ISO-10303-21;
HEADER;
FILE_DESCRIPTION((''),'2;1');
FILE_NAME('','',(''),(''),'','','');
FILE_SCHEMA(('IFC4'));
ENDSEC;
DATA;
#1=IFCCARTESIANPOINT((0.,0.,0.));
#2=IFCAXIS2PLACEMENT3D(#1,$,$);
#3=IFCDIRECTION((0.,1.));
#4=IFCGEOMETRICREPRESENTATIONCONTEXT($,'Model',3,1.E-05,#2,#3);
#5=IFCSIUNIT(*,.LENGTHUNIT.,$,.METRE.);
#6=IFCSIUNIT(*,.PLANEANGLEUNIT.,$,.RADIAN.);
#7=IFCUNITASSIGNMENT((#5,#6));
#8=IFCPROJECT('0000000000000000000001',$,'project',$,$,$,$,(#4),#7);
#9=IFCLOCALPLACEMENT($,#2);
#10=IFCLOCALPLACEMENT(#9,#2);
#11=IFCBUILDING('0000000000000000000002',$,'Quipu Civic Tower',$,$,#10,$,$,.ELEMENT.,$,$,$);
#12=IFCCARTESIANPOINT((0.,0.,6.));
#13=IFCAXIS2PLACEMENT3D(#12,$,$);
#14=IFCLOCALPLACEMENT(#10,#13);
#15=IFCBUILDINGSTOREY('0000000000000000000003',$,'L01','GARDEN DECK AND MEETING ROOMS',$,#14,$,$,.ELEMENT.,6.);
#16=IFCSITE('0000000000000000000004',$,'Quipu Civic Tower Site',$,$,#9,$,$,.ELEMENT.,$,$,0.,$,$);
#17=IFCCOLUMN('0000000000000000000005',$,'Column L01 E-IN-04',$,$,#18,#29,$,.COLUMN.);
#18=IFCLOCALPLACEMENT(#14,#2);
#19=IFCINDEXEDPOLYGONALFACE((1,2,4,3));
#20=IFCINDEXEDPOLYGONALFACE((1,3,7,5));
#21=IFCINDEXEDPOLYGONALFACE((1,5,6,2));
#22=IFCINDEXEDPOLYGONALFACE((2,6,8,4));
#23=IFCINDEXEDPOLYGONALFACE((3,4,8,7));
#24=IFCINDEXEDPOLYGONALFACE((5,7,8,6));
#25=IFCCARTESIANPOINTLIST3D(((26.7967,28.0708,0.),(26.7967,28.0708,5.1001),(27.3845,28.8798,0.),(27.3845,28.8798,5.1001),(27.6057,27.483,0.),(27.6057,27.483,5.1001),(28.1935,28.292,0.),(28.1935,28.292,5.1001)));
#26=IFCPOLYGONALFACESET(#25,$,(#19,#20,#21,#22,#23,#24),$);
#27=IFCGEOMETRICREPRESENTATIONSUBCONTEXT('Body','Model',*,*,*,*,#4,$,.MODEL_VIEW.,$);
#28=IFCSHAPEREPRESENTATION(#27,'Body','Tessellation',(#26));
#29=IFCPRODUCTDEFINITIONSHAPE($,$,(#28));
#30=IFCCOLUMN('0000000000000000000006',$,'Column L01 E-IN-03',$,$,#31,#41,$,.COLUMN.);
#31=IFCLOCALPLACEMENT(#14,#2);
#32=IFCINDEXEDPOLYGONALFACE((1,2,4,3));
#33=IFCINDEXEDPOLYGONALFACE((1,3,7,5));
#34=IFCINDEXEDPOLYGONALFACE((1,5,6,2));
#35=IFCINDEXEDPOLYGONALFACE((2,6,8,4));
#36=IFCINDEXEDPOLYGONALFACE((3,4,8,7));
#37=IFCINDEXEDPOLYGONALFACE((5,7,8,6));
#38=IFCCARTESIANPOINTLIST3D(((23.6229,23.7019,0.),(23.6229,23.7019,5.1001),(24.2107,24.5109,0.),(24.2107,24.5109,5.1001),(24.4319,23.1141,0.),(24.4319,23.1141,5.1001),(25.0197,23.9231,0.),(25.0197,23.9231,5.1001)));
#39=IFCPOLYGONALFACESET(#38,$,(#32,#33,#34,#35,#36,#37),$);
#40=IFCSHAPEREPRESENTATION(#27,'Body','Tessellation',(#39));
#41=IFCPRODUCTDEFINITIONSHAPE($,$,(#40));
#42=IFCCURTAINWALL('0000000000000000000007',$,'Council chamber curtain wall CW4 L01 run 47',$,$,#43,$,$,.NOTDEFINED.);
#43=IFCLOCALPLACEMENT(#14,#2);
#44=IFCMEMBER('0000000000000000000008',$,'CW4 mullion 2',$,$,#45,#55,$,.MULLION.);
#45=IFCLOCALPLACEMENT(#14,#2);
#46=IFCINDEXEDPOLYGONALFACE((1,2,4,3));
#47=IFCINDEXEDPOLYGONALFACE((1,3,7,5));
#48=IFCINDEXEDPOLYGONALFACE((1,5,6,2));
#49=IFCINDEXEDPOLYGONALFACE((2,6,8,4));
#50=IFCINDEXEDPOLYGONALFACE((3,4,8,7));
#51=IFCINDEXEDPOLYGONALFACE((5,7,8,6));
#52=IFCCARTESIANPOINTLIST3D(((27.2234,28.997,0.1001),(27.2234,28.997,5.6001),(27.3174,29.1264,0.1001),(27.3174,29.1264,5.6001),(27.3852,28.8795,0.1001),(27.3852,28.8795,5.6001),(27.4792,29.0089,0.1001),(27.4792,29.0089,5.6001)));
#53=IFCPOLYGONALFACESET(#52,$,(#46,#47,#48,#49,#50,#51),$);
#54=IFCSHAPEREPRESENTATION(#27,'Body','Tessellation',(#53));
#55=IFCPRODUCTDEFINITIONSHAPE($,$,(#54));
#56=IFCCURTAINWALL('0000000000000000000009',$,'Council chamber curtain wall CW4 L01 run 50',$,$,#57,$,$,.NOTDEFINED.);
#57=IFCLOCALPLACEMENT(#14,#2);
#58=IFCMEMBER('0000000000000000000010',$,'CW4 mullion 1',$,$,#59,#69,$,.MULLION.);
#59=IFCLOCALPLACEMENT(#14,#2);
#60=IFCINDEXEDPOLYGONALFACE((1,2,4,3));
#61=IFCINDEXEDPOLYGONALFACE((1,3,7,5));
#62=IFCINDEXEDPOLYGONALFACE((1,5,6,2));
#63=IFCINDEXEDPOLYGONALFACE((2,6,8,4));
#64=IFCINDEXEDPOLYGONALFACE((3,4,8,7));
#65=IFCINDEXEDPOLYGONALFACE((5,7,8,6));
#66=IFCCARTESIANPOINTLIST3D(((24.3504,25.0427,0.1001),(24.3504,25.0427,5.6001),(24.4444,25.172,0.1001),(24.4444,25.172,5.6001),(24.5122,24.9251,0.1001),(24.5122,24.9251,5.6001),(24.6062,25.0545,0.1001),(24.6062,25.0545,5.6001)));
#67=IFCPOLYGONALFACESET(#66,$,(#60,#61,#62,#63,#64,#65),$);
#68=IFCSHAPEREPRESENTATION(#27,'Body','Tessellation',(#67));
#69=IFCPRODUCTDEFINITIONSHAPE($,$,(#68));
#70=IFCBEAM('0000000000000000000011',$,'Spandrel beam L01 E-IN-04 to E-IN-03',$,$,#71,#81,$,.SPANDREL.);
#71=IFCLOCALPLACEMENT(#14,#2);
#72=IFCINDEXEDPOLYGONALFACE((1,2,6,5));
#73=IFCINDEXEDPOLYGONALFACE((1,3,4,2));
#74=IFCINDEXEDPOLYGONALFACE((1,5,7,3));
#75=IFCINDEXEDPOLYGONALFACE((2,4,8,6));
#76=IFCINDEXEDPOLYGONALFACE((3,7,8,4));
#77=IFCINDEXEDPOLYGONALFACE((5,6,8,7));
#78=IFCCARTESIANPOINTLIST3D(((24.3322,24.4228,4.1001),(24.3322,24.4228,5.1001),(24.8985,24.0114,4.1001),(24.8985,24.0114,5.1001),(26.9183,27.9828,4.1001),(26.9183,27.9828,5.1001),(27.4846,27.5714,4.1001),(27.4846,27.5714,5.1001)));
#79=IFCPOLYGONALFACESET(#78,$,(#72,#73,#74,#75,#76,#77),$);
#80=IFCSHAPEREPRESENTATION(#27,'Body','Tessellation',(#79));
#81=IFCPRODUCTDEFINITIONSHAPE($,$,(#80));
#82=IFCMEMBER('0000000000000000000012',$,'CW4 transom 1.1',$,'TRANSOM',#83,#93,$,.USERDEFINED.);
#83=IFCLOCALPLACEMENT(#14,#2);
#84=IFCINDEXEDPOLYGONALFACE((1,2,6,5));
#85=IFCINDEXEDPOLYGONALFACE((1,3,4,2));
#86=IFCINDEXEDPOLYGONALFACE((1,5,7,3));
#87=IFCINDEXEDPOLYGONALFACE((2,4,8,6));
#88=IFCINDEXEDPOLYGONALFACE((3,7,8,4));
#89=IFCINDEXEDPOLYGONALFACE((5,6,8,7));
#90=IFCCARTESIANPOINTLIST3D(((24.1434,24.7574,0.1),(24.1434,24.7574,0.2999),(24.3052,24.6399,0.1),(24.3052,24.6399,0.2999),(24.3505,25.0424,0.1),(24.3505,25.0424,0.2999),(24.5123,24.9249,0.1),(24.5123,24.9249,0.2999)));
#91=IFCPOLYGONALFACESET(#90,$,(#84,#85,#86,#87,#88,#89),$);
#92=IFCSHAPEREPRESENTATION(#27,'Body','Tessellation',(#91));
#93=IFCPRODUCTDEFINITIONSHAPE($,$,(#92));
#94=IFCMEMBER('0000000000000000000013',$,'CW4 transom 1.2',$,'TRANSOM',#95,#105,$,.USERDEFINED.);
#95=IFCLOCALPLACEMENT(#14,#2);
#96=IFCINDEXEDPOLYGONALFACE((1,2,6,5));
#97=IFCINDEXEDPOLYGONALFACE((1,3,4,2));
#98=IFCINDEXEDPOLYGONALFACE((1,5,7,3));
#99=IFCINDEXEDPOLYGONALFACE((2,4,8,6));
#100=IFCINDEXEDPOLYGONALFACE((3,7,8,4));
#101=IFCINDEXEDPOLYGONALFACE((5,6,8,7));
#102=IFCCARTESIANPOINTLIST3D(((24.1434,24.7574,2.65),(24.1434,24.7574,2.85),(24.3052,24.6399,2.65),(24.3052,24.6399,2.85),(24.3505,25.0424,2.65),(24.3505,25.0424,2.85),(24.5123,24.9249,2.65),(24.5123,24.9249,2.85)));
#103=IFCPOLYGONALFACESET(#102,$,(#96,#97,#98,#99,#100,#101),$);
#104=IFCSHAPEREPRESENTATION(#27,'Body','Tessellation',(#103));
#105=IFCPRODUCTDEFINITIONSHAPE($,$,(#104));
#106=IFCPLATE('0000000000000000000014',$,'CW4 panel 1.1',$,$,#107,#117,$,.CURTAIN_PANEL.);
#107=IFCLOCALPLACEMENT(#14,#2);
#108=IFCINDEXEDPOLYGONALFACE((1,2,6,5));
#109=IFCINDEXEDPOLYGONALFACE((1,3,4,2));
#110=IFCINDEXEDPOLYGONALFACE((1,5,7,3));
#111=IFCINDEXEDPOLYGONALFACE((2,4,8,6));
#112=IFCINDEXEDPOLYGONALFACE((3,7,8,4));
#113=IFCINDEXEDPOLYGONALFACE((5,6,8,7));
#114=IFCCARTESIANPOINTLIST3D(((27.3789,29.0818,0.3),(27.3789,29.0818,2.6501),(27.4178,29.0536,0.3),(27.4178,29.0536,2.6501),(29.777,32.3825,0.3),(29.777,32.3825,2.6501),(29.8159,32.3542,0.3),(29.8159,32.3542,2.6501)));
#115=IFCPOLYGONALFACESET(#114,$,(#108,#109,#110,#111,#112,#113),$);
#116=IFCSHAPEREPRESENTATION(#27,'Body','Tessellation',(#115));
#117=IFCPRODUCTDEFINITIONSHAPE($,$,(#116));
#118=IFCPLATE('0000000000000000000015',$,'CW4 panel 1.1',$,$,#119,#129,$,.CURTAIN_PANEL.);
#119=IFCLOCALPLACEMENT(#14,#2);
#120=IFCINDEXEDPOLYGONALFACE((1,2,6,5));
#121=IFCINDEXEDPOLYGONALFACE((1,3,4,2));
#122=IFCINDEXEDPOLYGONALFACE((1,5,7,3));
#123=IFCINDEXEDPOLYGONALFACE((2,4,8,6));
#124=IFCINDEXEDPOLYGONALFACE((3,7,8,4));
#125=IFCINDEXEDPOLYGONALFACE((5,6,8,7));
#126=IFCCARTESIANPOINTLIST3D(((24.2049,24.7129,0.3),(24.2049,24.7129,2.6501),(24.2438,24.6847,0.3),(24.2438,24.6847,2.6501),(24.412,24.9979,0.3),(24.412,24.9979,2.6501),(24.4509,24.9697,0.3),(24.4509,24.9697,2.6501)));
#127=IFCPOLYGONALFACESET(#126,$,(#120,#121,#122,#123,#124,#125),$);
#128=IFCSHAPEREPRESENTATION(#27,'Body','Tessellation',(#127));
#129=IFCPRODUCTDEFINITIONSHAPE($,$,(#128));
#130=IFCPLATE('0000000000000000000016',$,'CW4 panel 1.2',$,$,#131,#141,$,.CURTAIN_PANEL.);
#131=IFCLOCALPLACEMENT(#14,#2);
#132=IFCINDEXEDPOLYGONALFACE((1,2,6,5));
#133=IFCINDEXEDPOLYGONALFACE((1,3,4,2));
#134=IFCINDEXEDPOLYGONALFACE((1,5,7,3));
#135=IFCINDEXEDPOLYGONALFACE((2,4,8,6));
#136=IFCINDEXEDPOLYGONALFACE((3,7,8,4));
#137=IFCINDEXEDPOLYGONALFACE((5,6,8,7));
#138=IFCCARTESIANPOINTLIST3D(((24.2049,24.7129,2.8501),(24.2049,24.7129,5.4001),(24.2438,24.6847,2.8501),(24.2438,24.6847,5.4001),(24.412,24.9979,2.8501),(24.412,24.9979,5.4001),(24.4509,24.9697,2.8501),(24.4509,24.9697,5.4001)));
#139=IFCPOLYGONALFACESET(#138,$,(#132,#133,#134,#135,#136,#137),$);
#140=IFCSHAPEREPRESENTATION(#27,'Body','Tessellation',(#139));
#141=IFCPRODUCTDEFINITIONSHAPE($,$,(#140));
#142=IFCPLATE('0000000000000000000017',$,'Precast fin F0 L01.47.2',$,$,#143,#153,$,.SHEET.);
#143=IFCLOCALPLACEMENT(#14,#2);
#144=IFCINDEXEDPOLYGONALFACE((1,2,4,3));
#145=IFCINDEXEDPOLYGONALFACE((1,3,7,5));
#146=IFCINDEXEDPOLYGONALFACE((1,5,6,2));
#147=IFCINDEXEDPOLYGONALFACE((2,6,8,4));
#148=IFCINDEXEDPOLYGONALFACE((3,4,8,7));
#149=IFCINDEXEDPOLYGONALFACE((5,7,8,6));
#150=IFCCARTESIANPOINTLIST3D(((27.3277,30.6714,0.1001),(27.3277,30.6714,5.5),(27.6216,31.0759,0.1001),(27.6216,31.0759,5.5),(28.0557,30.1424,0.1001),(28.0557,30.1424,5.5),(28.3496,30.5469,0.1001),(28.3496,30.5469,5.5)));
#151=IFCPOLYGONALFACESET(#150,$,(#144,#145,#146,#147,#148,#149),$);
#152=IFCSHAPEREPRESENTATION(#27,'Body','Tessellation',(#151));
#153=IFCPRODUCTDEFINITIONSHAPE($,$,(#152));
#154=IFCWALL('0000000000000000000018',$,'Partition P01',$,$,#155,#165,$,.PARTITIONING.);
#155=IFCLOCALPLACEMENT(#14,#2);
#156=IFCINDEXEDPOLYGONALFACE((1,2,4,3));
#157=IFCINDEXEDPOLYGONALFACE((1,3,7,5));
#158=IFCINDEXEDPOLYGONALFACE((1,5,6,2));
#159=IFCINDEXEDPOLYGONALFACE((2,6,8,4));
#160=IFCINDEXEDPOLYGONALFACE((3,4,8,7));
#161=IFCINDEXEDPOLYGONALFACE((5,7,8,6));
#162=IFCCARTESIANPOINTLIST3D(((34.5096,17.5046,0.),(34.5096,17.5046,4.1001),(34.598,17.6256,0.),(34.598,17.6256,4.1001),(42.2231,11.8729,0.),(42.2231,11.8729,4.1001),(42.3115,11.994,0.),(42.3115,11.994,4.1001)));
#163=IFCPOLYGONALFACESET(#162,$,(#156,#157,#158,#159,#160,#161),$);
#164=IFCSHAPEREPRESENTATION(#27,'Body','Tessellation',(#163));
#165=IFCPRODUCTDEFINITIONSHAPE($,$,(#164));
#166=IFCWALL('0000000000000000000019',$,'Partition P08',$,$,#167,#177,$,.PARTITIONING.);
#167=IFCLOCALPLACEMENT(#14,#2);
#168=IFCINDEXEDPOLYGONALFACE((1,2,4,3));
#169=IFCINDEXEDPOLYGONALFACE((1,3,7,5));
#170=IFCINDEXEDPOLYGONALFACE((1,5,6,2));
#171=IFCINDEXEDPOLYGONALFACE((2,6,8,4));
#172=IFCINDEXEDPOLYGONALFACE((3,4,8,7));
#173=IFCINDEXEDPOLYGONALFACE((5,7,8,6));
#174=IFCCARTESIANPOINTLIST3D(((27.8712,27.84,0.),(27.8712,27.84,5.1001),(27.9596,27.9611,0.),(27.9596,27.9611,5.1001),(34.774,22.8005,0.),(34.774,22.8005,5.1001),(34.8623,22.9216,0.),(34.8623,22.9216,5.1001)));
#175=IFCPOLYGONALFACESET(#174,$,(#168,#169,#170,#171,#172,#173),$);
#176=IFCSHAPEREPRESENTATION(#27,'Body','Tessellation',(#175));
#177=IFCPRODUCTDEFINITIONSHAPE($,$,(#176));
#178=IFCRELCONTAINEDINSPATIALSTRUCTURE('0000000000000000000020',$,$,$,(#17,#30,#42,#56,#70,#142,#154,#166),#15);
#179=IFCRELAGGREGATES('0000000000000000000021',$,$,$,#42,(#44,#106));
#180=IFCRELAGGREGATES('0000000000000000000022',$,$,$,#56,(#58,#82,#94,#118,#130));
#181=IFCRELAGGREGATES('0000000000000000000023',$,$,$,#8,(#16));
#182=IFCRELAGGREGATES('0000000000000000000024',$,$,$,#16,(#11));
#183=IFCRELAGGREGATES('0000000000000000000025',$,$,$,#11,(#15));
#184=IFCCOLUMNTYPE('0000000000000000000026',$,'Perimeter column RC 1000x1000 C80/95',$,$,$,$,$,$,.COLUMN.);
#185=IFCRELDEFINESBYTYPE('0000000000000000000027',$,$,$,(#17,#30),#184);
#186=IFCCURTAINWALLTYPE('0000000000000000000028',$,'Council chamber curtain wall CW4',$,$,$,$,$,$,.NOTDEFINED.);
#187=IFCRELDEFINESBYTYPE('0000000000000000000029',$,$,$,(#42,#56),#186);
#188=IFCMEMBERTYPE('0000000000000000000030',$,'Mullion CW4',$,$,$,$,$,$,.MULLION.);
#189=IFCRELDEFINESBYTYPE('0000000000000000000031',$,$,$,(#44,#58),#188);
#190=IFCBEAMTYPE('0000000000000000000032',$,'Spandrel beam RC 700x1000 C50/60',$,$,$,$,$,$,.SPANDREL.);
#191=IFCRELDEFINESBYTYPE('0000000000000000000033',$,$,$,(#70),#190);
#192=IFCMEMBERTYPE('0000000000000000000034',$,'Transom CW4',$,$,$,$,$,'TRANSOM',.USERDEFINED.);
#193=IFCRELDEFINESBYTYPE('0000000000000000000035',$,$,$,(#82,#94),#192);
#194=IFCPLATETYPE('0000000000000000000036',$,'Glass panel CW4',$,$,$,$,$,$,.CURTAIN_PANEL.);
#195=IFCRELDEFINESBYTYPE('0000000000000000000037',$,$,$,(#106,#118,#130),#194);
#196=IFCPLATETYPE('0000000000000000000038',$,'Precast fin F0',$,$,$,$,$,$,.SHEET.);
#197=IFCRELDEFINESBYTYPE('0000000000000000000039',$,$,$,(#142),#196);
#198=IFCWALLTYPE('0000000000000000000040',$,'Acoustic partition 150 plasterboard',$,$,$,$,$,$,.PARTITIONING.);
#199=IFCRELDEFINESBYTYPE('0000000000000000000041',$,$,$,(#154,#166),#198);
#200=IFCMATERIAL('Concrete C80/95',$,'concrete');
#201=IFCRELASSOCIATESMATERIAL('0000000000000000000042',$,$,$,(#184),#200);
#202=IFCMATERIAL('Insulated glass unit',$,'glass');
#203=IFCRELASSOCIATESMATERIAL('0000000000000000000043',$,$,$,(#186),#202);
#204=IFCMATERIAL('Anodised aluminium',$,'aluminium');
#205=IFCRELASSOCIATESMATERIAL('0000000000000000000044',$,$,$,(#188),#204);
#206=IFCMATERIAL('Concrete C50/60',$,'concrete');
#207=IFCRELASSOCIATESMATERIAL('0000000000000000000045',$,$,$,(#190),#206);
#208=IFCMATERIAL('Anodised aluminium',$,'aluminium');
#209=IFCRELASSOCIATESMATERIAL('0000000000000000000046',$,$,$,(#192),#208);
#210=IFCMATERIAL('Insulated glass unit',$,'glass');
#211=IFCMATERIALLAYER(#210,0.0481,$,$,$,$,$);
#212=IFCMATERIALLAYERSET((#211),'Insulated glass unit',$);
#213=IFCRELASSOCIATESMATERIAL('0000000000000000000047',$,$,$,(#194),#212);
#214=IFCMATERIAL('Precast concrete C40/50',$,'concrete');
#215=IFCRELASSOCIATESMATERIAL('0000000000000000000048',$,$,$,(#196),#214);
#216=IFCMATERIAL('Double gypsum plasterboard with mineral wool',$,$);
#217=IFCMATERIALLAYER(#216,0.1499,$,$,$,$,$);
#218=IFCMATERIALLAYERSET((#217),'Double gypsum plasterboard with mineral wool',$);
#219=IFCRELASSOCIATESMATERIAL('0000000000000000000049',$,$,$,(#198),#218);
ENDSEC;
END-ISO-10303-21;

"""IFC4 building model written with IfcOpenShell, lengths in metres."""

from ifc_helpers import new_model, si_unit, direction, frame, frame_2d, origin, origin_2d, place, context, subcontext, project, spatial, rectangle, extrude, material, layer, layer_set, material_profile, profile_set, type_object, element, aggregate, save


model = new_model("IFC4")

# Units and contexts
model_context = context("Model", 3, precision=1e-05, world=origin(), true_north=direction((0.0, 1.0)))
body_context = subcontext(model_context, "Body", "Model", "MODEL_VIEW")
ifc_project = project(units=[si_unit("LENGTHUNIT", "METRE"), si_unit("PLANEANGLEUNIT", "RADIAN")], contexts=[model_context])

# Site, building, storey
site_placement = place(None, origin())
site = spatial("IfcSite", under=ifc_project, at=site_placement, Name="Quipu Civic Tower Site", CompositionType="ELEMENT", RefElevation=0.0)
building_placement = place(site_placement, origin())
building = spatial("IfcBuilding", under=site, at=building_placement, Name="Quipu Civic Tower", CompositionType="ELEMENT")
storey_placement = place(building_placement, frame((0.0, 0.0, 6.0)))
storey = spatial("IfcBuildingStorey", under=building, at=storey_placement, Name="L01", Description="GARDEN DECK AND MEETING ROOMS", CompositionType="ELEMENT", Elevation=6.0)

# Columns
ifc_material_1 = material(Name="Concrete C80/95", Category="concrete")
ifc_material_profile_1 = material_profile(ifc_material_1, rectangle(XDim=1.0, YDim=1.0, at=origin_2d()), Name="RC1000x1000")
ifc_profile_set_1 = profile_set([ifc_material_profile_1], Name="Concrete C80/95")
column_type = type_object("IfcColumnType", Name="Perimeter column RC 1000x1000 C80/95", PredefinedType="COLUMN", material=ifc_profile_set_1)
for number, where, z_axis, x_axis, name in (
    (1, (27.4951, 28.1814, 0.0), (0.0, 0.0, 1.0), (-0.587785, -0.809017, 0.0), "Column L01 E-IN-04"),
    (2, (24.3213, 23.8125, 0.0), (0.0, 0.0, 1.0), (-0.587785, -0.809017, 0.0), "Column L01 E-IN-03"),
):
    element("IfcColumn", number, at=place(storey_placement, frame(where, z_axis=z_axis, x_axis=x_axis)), inside=storey, type_object=column_type, Name=name, PredefinedType="COLUMN", context=body_context, shape_type="SweptSolid", body=[
        extrude(rectangle(XDim=1.0, YDim=1.0, at=origin_2d()), origin(), (0.0, 0.0, 1.0), 5.1001),
    ])

# Curtain walls, members
ifc_material_2 = material(Name="Insulated glass unit", Category="glass")
curtain_wall_type = type_object("IfcCurtainWallType", Name="Council chamber curtain wall CW4", PredefinedType="NOTDEFINED", material=ifc_material_2)
curtain_wall_1_placement = place(storey_placement, origin())
curtain_wall_1 = element("IfcCurtainWall", 3, at=curtain_wall_1_placement, inside=storey, type_object=curtain_wall_type, Name="Council chamber curtain wall CW4 L01 run 47", PredefinedType="NOTDEFINED")
ifc_material_3 = material(Name="Anodised aluminium", Category="aluminium")
ifc_material_profile_2 = material_profile(ifc_material_3, rectangle(XDim=0.2, YDim=0.1599, at=origin_2d()), Name="RECT 200x160")
ifc_profile_set_2 = profile_set([ifc_material_profile_2], Name="Anodised aluminium")
member_type_1 = type_object("IfcMemberType", Name="Mullion CW4", PredefinedType="MULLION", material=ifc_profile_set_2)
member_1_placement = place(storey_placement, frame((27.3513, 29.0029, 0.1001), z_axis=(0.0, 0.0, 1.0), x_axis=(0.809017, -0.587785, 0.0)))
member_1 = element("IfcMember", 4, at=member_1_placement, type_object=member_type_1, Name="CW4 mullion 2", PredefinedType="MULLION", context=body_context, shape_type="SweptSolid", body=[
    extrude(rectangle(XDim=0.2, YDim=0.1599, at=origin_2d()), origin(), (0.0, 0.0, 1.0), 5.5),
])
curtain_wall_2_placement = place(storey_placement, origin())
curtain_wall_2 = element("IfcCurtainWall", 5, at=curtain_wall_2_placement, inside=storey, type_object=curtain_wall_type, Name="Council chamber curtain wall CW4 L01 run 50", PredefinedType="NOTDEFINED")
member_2_placement = place(storey_placement, frame((24.4783, 25.0486, 0.1001), z_axis=(0.0, 0.0, 1.0), x_axis=(0.809013, -0.587791, 0.0)))
member_2 = element("IfcMember", 6, at=member_2_placement, type_object=member_type_1, Name="CW4 mullion 1", PredefinedType="MULLION", context=body_context, shape_type="SweptSolid", body=[
    extrude(rectangle(XDim=0.2, YDim=0.1599, at=origin_2d()), origin(), (0.0, 0.0, 1.0), 5.5),
])

# Beam
ifc_material_4 = material(Name="Concrete C50/60", Category="concrete")
ifc_material_profile_3 = material_profile(ifc_material_4, rectangle(XDim=0.7, YDim=1.0, at=origin_2d()), Name="RC700x1000")
ifc_profile_set_3 = profile_set([ifc_material_profile_3], Name="Concrete C50/60")
beam_type = type_object("IfcBeamType", Name="Spandrel beam RC 700x1000 C50/60", PredefinedType="SPANDREL", material=ifc_profile_set_3)
beam_placement = place(storey_placement, frame((27.2014, 27.7771, 4.6001), z_axis=(-0.587733, -0.809055, 0.0), x_axis=(0.809055, -0.587733, 0.0)))
element("IfcBeam", 7, at=beam_placement, inside=storey, type_object=beam_type, Name="Spandrel beam L01 E-IN-04 to E-IN-03", PredefinedType="SPANDREL", context=body_context, shape_type="SweptSolid", body=[
    extrude(rectangle(XDim=0.7, YDim=1.0, at=origin_2d()), origin(), (0.0, 0.0, 1.0), 4.4001),
])

# Members
ifc_material_5 = material(Name="Anodised aluminium", Category="aluminium")
ifc_material_profile_4 = material_profile(ifc_material_5, rectangle(XDim=0.2, YDim=0.2, at=origin_2d()), Name="RECT 200x200")
ifc_profile_set_4 = profile_set([ifc_material_profile_4], Name="Anodised aluminium")
member_type_2 = type_object("IfcMemberType", Name="Transom CW4", ElementType="TRANSOM", PredefinedType="USERDEFINED", material=ifc_profile_set_4)
member_3_placement = place(storey_placement, frame((24.4314, 24.9836, 0.2), z_axis=(-0.587842, -0.808976, 0.0), x_axis=(0.808976, -0.587842, 0.0)))
member_3 = element("IfcMember", 8, at=member_3_placement, type_object=member_type_2, Name="CW4 transom 1.1", ObjectType="TRANSOM", PredefinedType="USERDEFINED", context=body_context, shape_type="SweptSolid", body=[
    extrude(rectangle(XDim=0.2, YDim=0.2, at=origin_2d()), origin(), (0.0, 0.0, 1.0), 0.3523),
])
member_4_placement = place(storey_placement, frame((24.4314, 24.9836, 2.75), z_axis=(-0.587842, -0.808976, 0.0), x_axis=(0.808976, -0.587842, 0.0)))
member_4 = element("IfcMember", 9, at=member_4_placement, type_object=member_type_2, Name="CW4 transom 1.2", ObjectType="TRANSOM", PredefinedType="USERDEFINED", context=body_context, shape_type="SweptSolid", body=[
    extrude(rectangle(XDim=0.2, YDim=0.2, at=origin_2d()), origin(), (0.0, 0.0, 1.0), 0.3523),
])

# Plates
ifc_material_6 = material(Name="Insulated glass unit", Category="glass")
ifc_layer_1 = layer(ifc_material_6, 0.0481)
ifc_layer_set_1 = layer_set([ifc_layer_1], Name="Insulated glass unit")
plate_type_1 = type_object("IfcPlateType", Name="Glass panel CW4", PredefinedType="CURTAIN_PANEL", material=ifc_layer_set_1)
plate_1_placement = place(storey_placement, frame((28.5974, 30.718, 0.3), z_axis=(0.0, 0.0, 1.0), x_axis=(-0.587785, -0.809017, 0.0)))
plate_1 = element("IfcPlate", 10, at=plate_1_placement, type_object=plate_type_1, Name="CW4 panel 1.1", PredefinedType="CURTAIN_PANEL", context=body_context, shape_type="SweptSolid", body=[
    extrude(rectangle(XDim=4.0798, YDim=0.0481, at=origin_2d()), origin(), (0.0, 0.0, 1.0), 2.3501),
])
aggregate(curtain_wall_1, [member_1, plate_1])
plate_2_placement = place(storey_placement, frame((24.3279, 24.8413, 0.3), z_axis=(0.0, 0.0, 1.0), x_axis=(-0.587791, -0.809013, 0.0)))
plate_2 = element("IfcPlate", 11, at=plate_2_placement, type_object=plate_type_1, Name="CW4 panel 1.1", PredefinedType="CURTAIN_PANEL", context=body_context, shape_type="SweptSolid", body=[
    extrude(rectangle(XDim=0.3523, YDim=0.0481, at=origin_2d()), origin(), (0.0, 0.0, 1.0), 2.3501),
])
plate_3_placement = place(storey_placement, frame((24.3279, 24.8413, 2.8501), z_axis=(0.0, 0.0, 1.0), x_axis=(-0.587791, -0.809013, 0.0)))
plate_3 = element("IfcPlate", 12, at=plate_3_placement, type_object=plate_type_1, Name="CW4 panel 1.2", PredefinedType="CURTAIN_PANEL", context=body_context, shape_type="SweptSolid", body=[
    extrude(rectangle(XDim=0.3523, YDim=0.0481, at=origin_2d()), origin(), (0.0, 0.0, 1.0), 2.55),
])
aggregate(curtain_wall_2, [member_2, member_3, member_4, plate_2, plate_3])
ifc_material_7 = material(Name="Precast concrete C40/50", Category="concrete")
plate_type_2 = type_object("IfcPlateType", Name="Precast fin F0", PredefinedType="SHEET", material=ifc_material_7)
plate_4_placement = place(storey_placement, frame((27.8386, 30.6091, 0.1001), z_axis=(0.0, 0.0, 1.0), x_axis=(-0.587785, -0.809017, 0.0)))
element("IfcPlate", 13, at=plate_4_placement, inside=storey, type_object=plate_type_2, Name="Precast fin F0 L01.47.2", PredefinedType="SHEET", context=body_context, shape_type="SweptSolid", body=[
    extrude(rectangle(XDim=0.5, YDim=0.8999, at=origin_2d()), origin(), (0.0, 0.0, 1.0), 5.3999),
])

# Walls
ifc_material_8 = material(Name="Double gypsum plasterboard with mineral wool")
ifc_layer_2 = layer(ifc_material_8, 0.1499)
ifc_layer_set_2 = layer_set([ifc_layer_2], Name="Double gypsum plasterboard with mineral wool")
wall_type_1 = type_object("IfcWallType", Name="Acoustic partition 150 plasterboard", PredefinedType="PARTITIONING", material=ifc_layer_set_2)
wall_1_placement = place(storey_placement, frame((34.5537, 17.5652, 0.0), z_axis=(0.0, 0.0, 1.0), x_axis=(0.807646, -0.589668, 0.0)))
element("IfcWall", 14, at=wall_1_placement, inside=storey, type_object=wall_type_1, Name="Partition P01", PredefinedType="PARTITIONING", context=body_context, shape_type="SweptSolid", body=[
    extrude(rectangle(XDim=9.5505, YDim=0.1499, at=frame_2d((4.7754, 0.0))), origin(), (0.0, 0.0, 1.0), 4.1001),
])
wall_2_placement = place(storey_placement, frame((27.9153, 27.9006, 0.0), z_axis=(0.0, 0.0, 1.0), x_axis=(0.80766, -0.589648, 0.0)))
element("IfcWall", 15, at=wall_2_placement, inside=storey, type_object=wall_type_1, Name="Partition P08", PredefinedType="PARTITIONING", context=body_context, shape_type="SweptSolid", body=[
    extrude(rectangle(XDim=8.5466, YDim=0.1499, at=frame_2d((4.2734, 0.0))), origin(), (0.0, 0.0, 1.0), 5.1001),
])

save(model, "model.ifc")
